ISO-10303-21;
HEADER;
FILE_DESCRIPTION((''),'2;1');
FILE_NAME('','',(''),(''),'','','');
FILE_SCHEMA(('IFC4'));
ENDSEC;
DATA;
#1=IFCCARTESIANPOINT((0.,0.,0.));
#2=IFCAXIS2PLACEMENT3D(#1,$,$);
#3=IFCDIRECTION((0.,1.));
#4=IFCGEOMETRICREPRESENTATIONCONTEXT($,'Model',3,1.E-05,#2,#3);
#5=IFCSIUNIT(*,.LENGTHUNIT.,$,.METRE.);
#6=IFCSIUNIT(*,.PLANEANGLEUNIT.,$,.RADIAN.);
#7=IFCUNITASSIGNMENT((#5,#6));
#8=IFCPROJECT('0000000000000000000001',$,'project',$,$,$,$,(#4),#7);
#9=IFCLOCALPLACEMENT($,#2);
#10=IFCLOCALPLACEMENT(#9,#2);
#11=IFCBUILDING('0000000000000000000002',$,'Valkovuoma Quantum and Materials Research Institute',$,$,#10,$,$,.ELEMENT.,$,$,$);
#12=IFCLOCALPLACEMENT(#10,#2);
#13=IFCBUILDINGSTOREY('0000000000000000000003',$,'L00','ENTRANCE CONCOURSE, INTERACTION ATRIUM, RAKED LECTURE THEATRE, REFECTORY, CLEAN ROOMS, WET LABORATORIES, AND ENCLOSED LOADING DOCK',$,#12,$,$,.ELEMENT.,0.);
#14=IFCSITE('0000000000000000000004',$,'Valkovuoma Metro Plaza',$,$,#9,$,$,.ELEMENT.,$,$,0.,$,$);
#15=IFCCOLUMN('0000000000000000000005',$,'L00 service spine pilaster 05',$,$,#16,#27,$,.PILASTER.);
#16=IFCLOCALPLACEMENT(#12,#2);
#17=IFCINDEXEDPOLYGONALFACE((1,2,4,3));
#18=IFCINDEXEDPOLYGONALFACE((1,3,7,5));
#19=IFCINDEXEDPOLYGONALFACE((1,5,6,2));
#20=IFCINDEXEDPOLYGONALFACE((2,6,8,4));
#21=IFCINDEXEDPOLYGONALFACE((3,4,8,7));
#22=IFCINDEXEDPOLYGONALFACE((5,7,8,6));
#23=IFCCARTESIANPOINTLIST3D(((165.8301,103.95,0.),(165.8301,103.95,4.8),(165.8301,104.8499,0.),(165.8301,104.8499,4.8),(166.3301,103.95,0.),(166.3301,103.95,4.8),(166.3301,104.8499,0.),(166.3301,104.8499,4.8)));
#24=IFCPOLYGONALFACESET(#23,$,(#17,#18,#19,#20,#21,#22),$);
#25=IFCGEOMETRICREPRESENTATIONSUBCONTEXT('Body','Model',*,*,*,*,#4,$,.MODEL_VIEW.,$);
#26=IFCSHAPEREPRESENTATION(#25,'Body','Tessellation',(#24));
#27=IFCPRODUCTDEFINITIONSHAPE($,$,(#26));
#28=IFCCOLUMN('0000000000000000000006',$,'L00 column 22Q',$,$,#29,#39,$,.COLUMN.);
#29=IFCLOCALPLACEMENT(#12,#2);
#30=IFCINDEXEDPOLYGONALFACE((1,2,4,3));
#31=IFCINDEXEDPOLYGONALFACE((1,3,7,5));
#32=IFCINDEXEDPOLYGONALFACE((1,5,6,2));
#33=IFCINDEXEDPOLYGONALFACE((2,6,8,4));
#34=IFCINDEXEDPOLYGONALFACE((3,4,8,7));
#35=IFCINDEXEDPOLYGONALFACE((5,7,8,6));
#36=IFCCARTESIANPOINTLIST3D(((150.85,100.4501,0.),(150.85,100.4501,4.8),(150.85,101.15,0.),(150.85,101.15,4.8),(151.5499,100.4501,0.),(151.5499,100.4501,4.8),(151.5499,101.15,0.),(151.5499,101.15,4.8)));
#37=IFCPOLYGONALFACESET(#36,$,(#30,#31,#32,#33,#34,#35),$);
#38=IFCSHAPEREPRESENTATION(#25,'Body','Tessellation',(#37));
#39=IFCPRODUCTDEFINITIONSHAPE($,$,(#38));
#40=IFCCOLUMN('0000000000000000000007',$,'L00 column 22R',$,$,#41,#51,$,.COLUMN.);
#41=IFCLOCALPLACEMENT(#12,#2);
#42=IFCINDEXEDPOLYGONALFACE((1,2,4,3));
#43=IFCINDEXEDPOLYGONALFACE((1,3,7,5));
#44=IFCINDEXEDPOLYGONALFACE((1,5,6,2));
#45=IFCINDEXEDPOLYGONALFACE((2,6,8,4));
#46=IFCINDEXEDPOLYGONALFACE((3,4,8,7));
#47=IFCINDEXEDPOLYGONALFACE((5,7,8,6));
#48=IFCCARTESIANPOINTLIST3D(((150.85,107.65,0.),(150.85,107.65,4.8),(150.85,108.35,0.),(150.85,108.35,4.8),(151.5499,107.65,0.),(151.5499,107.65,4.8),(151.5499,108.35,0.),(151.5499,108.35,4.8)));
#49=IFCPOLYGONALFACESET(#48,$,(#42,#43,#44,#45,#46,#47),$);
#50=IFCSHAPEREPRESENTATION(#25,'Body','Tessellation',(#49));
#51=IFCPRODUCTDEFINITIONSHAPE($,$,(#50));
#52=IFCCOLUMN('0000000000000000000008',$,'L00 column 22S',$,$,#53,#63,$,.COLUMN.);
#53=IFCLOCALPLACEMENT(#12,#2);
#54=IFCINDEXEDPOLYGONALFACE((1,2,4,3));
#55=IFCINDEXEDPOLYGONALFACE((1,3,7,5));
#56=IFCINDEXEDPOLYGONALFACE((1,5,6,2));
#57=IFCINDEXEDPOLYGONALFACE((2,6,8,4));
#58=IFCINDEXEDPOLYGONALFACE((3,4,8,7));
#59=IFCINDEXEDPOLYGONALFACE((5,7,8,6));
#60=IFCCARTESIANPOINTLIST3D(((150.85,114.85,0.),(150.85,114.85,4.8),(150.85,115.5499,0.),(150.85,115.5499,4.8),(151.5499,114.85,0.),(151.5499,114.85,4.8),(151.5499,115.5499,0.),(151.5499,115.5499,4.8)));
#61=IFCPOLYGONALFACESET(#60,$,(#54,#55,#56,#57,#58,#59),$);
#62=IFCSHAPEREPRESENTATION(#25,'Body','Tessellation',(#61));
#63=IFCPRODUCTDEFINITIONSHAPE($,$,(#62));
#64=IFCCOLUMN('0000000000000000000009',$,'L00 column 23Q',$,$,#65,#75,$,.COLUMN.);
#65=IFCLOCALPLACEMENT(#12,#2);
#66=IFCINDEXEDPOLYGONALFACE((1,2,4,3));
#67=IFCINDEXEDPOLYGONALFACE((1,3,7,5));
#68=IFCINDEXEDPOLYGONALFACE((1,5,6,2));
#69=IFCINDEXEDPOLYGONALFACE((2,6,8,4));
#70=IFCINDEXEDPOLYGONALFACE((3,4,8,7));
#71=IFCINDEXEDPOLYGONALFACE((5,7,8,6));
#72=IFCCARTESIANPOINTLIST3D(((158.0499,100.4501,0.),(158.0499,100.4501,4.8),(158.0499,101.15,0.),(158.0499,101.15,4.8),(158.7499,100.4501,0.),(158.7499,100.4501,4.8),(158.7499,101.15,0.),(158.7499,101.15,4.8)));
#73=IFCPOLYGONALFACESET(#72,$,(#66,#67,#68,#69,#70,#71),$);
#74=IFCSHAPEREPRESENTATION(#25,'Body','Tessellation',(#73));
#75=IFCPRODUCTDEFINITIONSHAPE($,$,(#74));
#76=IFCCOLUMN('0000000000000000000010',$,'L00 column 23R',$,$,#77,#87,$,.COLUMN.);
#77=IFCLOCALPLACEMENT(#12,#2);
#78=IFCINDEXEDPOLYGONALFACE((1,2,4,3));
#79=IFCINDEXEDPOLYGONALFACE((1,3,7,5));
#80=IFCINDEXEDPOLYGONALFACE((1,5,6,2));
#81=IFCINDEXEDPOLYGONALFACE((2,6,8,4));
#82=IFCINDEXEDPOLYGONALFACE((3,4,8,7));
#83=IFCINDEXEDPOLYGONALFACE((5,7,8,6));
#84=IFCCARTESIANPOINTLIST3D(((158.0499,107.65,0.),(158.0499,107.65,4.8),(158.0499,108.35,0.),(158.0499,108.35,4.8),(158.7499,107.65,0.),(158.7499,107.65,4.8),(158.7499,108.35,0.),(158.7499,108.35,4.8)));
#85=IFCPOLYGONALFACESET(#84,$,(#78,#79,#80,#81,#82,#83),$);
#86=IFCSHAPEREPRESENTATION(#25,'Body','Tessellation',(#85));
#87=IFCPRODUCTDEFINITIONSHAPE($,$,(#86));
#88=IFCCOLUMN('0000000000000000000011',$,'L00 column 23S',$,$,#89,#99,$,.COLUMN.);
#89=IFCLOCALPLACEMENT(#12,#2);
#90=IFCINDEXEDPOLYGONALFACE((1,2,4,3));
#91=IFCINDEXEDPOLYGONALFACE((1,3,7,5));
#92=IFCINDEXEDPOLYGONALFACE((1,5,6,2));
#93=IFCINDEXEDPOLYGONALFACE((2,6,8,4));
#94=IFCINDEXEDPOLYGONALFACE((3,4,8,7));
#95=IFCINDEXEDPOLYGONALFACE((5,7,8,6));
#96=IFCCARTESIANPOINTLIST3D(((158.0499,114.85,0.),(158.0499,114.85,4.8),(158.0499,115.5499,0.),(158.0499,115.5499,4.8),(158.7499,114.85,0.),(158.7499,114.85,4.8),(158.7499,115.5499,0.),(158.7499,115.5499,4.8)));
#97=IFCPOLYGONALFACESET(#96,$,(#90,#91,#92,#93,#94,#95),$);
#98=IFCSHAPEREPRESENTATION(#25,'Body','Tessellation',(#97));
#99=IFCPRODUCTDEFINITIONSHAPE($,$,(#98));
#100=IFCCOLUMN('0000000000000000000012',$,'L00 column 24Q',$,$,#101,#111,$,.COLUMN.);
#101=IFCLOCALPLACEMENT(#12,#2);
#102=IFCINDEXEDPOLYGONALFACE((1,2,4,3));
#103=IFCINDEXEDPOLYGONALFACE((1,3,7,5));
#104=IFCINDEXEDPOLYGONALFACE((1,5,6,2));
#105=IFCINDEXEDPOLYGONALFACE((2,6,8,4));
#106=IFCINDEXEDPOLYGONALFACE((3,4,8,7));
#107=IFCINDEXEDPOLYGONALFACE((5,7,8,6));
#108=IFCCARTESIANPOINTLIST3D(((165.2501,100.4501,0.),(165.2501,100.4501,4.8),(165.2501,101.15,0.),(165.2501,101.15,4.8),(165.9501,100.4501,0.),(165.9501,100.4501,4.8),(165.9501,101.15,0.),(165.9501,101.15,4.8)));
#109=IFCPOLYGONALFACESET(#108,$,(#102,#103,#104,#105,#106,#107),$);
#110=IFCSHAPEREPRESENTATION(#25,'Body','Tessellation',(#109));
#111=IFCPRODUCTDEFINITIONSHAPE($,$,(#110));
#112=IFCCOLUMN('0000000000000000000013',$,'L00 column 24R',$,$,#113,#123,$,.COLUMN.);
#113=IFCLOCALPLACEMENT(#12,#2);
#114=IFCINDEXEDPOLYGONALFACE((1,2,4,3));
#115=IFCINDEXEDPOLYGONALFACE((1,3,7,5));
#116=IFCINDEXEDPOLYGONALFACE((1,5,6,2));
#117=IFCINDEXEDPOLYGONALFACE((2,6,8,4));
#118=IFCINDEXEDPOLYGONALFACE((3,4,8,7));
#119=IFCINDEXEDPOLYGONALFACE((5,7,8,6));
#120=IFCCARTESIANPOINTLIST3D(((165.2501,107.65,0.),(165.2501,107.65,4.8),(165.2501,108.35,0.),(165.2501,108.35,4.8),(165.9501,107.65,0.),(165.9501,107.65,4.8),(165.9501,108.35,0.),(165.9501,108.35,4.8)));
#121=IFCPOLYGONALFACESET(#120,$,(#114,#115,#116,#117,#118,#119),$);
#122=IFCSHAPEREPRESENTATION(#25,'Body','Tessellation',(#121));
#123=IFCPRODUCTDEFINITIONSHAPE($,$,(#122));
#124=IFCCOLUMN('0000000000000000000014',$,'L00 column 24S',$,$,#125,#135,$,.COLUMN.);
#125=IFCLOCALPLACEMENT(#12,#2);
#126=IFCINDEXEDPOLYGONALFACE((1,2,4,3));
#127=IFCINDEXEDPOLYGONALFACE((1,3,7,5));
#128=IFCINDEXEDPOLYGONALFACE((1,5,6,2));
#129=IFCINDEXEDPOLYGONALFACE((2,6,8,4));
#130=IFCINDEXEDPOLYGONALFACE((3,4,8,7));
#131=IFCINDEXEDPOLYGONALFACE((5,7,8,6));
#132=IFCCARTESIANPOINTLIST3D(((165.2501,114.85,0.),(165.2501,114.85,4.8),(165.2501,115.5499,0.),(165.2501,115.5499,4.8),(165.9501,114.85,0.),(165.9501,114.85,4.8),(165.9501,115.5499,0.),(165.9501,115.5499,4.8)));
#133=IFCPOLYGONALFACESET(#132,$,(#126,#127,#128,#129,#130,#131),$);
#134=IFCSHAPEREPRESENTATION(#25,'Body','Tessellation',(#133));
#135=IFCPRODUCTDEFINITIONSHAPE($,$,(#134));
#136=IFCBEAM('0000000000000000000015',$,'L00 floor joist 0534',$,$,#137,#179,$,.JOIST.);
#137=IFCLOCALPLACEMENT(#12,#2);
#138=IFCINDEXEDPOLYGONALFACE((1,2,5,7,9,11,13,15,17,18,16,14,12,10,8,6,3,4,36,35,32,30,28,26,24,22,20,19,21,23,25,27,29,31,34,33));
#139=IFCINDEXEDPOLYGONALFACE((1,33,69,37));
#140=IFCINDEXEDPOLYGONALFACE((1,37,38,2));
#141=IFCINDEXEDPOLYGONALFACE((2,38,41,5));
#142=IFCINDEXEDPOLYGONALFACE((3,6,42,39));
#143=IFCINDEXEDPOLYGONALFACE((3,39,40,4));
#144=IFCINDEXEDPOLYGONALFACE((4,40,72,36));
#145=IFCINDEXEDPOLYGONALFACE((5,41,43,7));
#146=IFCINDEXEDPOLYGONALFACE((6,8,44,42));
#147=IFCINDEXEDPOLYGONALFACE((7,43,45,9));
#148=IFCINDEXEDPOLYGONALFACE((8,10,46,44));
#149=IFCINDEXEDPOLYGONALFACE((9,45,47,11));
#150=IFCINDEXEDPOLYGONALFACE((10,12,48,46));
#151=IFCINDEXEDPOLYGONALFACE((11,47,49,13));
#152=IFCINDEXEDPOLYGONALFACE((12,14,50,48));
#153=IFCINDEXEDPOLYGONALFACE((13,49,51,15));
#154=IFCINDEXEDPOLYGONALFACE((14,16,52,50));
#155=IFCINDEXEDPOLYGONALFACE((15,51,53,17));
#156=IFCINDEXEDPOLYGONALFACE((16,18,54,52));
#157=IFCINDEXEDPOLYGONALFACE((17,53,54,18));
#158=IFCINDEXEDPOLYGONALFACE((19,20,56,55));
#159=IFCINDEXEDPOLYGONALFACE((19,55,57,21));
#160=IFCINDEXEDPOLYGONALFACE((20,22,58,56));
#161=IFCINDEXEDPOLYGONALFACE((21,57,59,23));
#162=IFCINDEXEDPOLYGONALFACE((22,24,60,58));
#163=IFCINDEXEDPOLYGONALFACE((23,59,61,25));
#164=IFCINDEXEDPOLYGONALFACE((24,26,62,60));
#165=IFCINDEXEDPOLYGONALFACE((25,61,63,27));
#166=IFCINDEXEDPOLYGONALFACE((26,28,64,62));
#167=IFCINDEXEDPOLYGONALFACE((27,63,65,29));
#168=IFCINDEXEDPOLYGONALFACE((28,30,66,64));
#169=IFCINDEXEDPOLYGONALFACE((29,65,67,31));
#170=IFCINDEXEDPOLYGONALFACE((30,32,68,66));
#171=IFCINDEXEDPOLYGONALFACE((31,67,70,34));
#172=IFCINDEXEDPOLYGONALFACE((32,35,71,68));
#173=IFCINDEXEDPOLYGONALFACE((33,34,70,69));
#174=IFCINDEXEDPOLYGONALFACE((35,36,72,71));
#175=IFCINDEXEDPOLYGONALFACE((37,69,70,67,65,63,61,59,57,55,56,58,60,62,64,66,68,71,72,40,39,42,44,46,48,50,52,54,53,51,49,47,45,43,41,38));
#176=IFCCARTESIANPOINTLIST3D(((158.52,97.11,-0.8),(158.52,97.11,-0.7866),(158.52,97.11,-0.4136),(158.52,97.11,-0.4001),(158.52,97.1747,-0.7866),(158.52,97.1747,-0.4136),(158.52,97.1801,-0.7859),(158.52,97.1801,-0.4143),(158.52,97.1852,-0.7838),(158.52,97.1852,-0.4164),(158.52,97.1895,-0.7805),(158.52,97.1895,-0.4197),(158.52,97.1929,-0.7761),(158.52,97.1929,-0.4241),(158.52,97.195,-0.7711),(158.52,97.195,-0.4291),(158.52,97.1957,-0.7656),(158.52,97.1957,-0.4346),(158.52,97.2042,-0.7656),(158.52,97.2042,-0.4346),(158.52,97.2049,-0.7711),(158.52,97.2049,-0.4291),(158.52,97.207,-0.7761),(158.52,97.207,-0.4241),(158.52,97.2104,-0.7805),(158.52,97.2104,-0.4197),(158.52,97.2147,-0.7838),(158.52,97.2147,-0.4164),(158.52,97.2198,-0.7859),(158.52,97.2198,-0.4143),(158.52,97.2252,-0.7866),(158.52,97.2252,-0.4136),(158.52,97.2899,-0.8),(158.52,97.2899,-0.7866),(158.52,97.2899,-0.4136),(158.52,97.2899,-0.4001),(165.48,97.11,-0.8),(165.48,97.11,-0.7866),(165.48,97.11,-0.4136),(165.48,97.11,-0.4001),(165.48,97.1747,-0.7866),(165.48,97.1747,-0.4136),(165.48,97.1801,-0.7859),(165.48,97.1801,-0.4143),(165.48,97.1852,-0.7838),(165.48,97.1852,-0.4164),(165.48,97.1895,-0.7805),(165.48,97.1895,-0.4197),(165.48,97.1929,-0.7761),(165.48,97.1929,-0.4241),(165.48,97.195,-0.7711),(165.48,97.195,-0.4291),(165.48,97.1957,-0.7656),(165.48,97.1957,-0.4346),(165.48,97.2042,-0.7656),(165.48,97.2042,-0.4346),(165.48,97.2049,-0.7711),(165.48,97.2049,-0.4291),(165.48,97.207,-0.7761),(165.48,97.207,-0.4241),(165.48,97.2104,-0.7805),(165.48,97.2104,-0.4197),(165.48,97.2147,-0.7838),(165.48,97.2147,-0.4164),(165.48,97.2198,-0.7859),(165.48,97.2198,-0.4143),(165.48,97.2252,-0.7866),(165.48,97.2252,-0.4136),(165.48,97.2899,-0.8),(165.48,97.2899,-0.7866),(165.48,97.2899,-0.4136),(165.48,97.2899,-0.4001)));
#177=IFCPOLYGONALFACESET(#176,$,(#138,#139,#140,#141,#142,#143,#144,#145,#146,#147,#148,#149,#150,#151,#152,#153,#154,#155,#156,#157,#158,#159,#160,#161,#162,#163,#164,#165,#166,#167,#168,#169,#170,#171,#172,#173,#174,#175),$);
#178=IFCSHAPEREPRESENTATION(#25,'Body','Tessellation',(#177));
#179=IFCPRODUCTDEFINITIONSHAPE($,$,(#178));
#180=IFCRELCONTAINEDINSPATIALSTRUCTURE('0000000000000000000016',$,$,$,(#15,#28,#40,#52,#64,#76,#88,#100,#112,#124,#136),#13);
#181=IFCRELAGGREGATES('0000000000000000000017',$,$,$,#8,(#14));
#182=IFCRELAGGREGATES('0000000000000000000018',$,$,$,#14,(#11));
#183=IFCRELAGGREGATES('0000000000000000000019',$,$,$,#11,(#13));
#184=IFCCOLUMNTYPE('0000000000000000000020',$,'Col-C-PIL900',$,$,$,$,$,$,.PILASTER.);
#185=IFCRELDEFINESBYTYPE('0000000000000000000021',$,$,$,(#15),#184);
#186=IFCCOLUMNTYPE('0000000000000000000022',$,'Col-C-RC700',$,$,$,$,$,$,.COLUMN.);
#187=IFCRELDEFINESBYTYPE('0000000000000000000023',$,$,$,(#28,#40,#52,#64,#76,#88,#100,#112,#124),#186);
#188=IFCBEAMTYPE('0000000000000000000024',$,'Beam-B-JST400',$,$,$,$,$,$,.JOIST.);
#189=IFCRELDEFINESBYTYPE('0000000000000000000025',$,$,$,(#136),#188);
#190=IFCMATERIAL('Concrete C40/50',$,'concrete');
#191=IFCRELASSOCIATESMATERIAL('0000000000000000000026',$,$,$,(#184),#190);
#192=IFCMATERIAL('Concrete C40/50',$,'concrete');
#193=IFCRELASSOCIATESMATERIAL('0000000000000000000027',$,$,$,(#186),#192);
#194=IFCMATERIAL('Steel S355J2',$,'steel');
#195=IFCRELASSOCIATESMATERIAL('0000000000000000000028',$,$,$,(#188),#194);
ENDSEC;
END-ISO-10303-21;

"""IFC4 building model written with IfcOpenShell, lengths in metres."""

from ifc_helpers import new_model, si_unit, direction, frame, origin, origin_2d, place, context, subcontext, project, spatial, rectangle, i_section, extrude, material, material_profile, profile_set, type_object, element, save


model = new_model("IFC4")

# Units and contexts
model_context = context("Model", 3, precision=1e-05, world=origin(), true_north=direction((0.0, 1.0)))
body_context = subcontext(model_context, "Body", "Model", "MODEL_VIEW")
ifc_project = project(units=[si_unit("LENGTHUNIT", "METRE"), si_unit("PLANEANGLEUNIT", "RADIAN")], contexts=[model_context])

# Site, building, storey
site_placement = place(None, origin())
site = spatial("IfcSite", under=ifc_project, at=site_placement, Name="Valkovuoma Metro Plaza", CompositionType="ELEMENT", RefElevation=0.0)
building_placement = place(site_placement, origin())
building = spatial("IfcBuilding", under=site, at=building_placement, Name="Valkovuoma Quantum and Materials Research Institute", CompositionType="ELEMENT")
storey_placement = place(building_placement, origin())
storey = spatial("IfcBuildingStorey", under=building, at=storey_placement, Name="L00", Description="ENTRANCE CONCOURSE, INTERACTION ATRIUM, RAKED LECTURE THEATRE, REFECTORY, CLEAN ROOMS, WET LABORATORIES, AND ENCLOSED LOADING DOCK", CompositionType="ELEMENT", Elevation=0.0)

# Columns
ifc_material_1 = material(Name="Concrete C40/50", Category="concrete")
ifc_material_profile_1 = material_profile(ifc_material_1, rectangle(XDim=0.5, YDim=0.8999, at=origin_2d()), Name="Concrete C40/50")
ifc_profile_set_1 = profile_set([ifc_material_profile_1], Name="Concrete C40/50")
column_type_1 = type_object("IfcColumnType", Name="Col-C-PIL900", PredefinedType="PILASTER", material=ifc_profile_set_1)
column_placement = place(storey_placement, frame((166.0801, 104.3999, 0.0), z_axis=(0.0, 0.0, 1.0), x_axis=(1.0, 0.0, 0.0)))
element("IfcColumn", 1, at=column_placement, inside=storey, type_object=column_type_1, Name="L00 service spine pilaster 05", PredefinedType="PILASTER", context=body_context, shape_type="SweptSolid", body=[
    extrude(rectangle(XDim=0.5, YDim=0.8999, at=origin_2d()), origin(), (0.0, 0.0, 1.0), 4.8),
])
ifc_material_2 = material(Name="Concrete C40/50", Category="concrete")
ifc_material_profile_2 = material_profile(ifc_material_2, rectangle(XDim=0.7, YDim=0.7, at=origin_2d()), Name="Concrete C40/50")
ifc_profile_set_2 = profile_set([ifc_material_profile_2], Name="Concrete C40/50")
column_type_2 = type_object("IfcColumnType", Name="Col-C-RC700", PredefinedType="COLUMN", material=ifc_profile_set_2)
for number, where, z_axis, x_axis, name in (
    (2, (151.2, 100.8, 0.0), (0.0, 0.0, 1.0), (1.0, 0.0, 0.0), "L00 column 22Q"),
    (3, (151.2, 108.0, 0.0), (0.0, 0.0, 1.0), (1.0, 0.0, 0.0), "L00 column 22R"),
    (4, (151.2, 115.2, 0.0), (0.0, 0.0, 1.0), (1.0, 0.0, 0.0), "L00 column 22S"),
    (5, (158.3999, 100.8, 0.0), (0.0, 0.0, 1.0), (1.0, 0.0, 0.0), "L00 column 23Q"),
    (6, (158.3999, 108.0, 0.0), (0.0, 0.0, 1.0), (1.0, 0.0, 0.0), "L00 column 23R"),
    (7, (158.3999, 115.2, 0.0), (0.0, 0.0, 1.0), (1.0, 0.0, 0.0), "L00 column 23S"),
    (8, (165.6001, 100.8, 0.0), (0.0, 0.0, 1.0), (1.0, 0.0, 0.0), "L00 column 24Q"),
    (9, (165.6001, 108.0, 0.0), (0.0, 0.0, 1.0), (1.0, 0.0, 0.0), "L00 column 24R"),
    (10, (165.6001, 115.2, 0.0), (0.0, 0.0, 1.0), (1.0, 0.0, 0.0), "L00 column 24S"),
):
    element("IfcColumn", number, at=place(storey_placement, frame(where, z_axis=z_axis, x_axis=x_axis)), inside=storey, type_object=column_type_2, Name=name, PredefinedType="COLUMN", context=body_context, shape_type="SweptSolid", body=[
        extrude(rectangle(XDim=0.7, YDim=0.7, at=origin_2d()), origin(), (0.0, 0.0, 1.0), 4.8),
    ])

# Beam
ifc_material_3 = material(Name="Steel S355J2", Category="steel")
ifc_material_profile_3 = material_profile(ifc_material_3, i_section(OverallWidth=0.1799, OverallDepth=0.3999, WebThickness=0.0085, FlangeThickness=0.0134, FilletRadius=0.021, at=origin_2d()), Name="Steel S355J2")
ifc_profile_set_3 = profile_set([ifc_material_profile_3], Name="Steel S355J2")
beam_type_1 = type_object("IfcBeamType", Name="Beam-B-JST400", PredefinedType="JOIST", material=ifc_profile_set_3)
for number, where, z_axis, x_axis, name in (
    (11, (158.52, 97.2, -0.6001), (1.0, 0.0, 0.0), (0.0, 1.0, 0.0), "L00 floor joist 0534"),
):
    element("IfcBeam", number, at=place(storey_placement, frame(where, z_axis=z_axis, x_axis=x_axis)), inside=storey, type_object=beam_type_1, Name=name, PredefinedType="JOIST", context=body_context, shape_type="SweptSolid", body=[
        extrude(i_section(OverallWidth=0.1799, OverallDepth=0.3999, WebThickness=0.0085, FlangeThickness=0.0134, FilletRadius=0.021, at=origin_2d()), origin(), (0.0, 0.0, 1.0), 6.96),
    ])

save(model, "model.ifc")
